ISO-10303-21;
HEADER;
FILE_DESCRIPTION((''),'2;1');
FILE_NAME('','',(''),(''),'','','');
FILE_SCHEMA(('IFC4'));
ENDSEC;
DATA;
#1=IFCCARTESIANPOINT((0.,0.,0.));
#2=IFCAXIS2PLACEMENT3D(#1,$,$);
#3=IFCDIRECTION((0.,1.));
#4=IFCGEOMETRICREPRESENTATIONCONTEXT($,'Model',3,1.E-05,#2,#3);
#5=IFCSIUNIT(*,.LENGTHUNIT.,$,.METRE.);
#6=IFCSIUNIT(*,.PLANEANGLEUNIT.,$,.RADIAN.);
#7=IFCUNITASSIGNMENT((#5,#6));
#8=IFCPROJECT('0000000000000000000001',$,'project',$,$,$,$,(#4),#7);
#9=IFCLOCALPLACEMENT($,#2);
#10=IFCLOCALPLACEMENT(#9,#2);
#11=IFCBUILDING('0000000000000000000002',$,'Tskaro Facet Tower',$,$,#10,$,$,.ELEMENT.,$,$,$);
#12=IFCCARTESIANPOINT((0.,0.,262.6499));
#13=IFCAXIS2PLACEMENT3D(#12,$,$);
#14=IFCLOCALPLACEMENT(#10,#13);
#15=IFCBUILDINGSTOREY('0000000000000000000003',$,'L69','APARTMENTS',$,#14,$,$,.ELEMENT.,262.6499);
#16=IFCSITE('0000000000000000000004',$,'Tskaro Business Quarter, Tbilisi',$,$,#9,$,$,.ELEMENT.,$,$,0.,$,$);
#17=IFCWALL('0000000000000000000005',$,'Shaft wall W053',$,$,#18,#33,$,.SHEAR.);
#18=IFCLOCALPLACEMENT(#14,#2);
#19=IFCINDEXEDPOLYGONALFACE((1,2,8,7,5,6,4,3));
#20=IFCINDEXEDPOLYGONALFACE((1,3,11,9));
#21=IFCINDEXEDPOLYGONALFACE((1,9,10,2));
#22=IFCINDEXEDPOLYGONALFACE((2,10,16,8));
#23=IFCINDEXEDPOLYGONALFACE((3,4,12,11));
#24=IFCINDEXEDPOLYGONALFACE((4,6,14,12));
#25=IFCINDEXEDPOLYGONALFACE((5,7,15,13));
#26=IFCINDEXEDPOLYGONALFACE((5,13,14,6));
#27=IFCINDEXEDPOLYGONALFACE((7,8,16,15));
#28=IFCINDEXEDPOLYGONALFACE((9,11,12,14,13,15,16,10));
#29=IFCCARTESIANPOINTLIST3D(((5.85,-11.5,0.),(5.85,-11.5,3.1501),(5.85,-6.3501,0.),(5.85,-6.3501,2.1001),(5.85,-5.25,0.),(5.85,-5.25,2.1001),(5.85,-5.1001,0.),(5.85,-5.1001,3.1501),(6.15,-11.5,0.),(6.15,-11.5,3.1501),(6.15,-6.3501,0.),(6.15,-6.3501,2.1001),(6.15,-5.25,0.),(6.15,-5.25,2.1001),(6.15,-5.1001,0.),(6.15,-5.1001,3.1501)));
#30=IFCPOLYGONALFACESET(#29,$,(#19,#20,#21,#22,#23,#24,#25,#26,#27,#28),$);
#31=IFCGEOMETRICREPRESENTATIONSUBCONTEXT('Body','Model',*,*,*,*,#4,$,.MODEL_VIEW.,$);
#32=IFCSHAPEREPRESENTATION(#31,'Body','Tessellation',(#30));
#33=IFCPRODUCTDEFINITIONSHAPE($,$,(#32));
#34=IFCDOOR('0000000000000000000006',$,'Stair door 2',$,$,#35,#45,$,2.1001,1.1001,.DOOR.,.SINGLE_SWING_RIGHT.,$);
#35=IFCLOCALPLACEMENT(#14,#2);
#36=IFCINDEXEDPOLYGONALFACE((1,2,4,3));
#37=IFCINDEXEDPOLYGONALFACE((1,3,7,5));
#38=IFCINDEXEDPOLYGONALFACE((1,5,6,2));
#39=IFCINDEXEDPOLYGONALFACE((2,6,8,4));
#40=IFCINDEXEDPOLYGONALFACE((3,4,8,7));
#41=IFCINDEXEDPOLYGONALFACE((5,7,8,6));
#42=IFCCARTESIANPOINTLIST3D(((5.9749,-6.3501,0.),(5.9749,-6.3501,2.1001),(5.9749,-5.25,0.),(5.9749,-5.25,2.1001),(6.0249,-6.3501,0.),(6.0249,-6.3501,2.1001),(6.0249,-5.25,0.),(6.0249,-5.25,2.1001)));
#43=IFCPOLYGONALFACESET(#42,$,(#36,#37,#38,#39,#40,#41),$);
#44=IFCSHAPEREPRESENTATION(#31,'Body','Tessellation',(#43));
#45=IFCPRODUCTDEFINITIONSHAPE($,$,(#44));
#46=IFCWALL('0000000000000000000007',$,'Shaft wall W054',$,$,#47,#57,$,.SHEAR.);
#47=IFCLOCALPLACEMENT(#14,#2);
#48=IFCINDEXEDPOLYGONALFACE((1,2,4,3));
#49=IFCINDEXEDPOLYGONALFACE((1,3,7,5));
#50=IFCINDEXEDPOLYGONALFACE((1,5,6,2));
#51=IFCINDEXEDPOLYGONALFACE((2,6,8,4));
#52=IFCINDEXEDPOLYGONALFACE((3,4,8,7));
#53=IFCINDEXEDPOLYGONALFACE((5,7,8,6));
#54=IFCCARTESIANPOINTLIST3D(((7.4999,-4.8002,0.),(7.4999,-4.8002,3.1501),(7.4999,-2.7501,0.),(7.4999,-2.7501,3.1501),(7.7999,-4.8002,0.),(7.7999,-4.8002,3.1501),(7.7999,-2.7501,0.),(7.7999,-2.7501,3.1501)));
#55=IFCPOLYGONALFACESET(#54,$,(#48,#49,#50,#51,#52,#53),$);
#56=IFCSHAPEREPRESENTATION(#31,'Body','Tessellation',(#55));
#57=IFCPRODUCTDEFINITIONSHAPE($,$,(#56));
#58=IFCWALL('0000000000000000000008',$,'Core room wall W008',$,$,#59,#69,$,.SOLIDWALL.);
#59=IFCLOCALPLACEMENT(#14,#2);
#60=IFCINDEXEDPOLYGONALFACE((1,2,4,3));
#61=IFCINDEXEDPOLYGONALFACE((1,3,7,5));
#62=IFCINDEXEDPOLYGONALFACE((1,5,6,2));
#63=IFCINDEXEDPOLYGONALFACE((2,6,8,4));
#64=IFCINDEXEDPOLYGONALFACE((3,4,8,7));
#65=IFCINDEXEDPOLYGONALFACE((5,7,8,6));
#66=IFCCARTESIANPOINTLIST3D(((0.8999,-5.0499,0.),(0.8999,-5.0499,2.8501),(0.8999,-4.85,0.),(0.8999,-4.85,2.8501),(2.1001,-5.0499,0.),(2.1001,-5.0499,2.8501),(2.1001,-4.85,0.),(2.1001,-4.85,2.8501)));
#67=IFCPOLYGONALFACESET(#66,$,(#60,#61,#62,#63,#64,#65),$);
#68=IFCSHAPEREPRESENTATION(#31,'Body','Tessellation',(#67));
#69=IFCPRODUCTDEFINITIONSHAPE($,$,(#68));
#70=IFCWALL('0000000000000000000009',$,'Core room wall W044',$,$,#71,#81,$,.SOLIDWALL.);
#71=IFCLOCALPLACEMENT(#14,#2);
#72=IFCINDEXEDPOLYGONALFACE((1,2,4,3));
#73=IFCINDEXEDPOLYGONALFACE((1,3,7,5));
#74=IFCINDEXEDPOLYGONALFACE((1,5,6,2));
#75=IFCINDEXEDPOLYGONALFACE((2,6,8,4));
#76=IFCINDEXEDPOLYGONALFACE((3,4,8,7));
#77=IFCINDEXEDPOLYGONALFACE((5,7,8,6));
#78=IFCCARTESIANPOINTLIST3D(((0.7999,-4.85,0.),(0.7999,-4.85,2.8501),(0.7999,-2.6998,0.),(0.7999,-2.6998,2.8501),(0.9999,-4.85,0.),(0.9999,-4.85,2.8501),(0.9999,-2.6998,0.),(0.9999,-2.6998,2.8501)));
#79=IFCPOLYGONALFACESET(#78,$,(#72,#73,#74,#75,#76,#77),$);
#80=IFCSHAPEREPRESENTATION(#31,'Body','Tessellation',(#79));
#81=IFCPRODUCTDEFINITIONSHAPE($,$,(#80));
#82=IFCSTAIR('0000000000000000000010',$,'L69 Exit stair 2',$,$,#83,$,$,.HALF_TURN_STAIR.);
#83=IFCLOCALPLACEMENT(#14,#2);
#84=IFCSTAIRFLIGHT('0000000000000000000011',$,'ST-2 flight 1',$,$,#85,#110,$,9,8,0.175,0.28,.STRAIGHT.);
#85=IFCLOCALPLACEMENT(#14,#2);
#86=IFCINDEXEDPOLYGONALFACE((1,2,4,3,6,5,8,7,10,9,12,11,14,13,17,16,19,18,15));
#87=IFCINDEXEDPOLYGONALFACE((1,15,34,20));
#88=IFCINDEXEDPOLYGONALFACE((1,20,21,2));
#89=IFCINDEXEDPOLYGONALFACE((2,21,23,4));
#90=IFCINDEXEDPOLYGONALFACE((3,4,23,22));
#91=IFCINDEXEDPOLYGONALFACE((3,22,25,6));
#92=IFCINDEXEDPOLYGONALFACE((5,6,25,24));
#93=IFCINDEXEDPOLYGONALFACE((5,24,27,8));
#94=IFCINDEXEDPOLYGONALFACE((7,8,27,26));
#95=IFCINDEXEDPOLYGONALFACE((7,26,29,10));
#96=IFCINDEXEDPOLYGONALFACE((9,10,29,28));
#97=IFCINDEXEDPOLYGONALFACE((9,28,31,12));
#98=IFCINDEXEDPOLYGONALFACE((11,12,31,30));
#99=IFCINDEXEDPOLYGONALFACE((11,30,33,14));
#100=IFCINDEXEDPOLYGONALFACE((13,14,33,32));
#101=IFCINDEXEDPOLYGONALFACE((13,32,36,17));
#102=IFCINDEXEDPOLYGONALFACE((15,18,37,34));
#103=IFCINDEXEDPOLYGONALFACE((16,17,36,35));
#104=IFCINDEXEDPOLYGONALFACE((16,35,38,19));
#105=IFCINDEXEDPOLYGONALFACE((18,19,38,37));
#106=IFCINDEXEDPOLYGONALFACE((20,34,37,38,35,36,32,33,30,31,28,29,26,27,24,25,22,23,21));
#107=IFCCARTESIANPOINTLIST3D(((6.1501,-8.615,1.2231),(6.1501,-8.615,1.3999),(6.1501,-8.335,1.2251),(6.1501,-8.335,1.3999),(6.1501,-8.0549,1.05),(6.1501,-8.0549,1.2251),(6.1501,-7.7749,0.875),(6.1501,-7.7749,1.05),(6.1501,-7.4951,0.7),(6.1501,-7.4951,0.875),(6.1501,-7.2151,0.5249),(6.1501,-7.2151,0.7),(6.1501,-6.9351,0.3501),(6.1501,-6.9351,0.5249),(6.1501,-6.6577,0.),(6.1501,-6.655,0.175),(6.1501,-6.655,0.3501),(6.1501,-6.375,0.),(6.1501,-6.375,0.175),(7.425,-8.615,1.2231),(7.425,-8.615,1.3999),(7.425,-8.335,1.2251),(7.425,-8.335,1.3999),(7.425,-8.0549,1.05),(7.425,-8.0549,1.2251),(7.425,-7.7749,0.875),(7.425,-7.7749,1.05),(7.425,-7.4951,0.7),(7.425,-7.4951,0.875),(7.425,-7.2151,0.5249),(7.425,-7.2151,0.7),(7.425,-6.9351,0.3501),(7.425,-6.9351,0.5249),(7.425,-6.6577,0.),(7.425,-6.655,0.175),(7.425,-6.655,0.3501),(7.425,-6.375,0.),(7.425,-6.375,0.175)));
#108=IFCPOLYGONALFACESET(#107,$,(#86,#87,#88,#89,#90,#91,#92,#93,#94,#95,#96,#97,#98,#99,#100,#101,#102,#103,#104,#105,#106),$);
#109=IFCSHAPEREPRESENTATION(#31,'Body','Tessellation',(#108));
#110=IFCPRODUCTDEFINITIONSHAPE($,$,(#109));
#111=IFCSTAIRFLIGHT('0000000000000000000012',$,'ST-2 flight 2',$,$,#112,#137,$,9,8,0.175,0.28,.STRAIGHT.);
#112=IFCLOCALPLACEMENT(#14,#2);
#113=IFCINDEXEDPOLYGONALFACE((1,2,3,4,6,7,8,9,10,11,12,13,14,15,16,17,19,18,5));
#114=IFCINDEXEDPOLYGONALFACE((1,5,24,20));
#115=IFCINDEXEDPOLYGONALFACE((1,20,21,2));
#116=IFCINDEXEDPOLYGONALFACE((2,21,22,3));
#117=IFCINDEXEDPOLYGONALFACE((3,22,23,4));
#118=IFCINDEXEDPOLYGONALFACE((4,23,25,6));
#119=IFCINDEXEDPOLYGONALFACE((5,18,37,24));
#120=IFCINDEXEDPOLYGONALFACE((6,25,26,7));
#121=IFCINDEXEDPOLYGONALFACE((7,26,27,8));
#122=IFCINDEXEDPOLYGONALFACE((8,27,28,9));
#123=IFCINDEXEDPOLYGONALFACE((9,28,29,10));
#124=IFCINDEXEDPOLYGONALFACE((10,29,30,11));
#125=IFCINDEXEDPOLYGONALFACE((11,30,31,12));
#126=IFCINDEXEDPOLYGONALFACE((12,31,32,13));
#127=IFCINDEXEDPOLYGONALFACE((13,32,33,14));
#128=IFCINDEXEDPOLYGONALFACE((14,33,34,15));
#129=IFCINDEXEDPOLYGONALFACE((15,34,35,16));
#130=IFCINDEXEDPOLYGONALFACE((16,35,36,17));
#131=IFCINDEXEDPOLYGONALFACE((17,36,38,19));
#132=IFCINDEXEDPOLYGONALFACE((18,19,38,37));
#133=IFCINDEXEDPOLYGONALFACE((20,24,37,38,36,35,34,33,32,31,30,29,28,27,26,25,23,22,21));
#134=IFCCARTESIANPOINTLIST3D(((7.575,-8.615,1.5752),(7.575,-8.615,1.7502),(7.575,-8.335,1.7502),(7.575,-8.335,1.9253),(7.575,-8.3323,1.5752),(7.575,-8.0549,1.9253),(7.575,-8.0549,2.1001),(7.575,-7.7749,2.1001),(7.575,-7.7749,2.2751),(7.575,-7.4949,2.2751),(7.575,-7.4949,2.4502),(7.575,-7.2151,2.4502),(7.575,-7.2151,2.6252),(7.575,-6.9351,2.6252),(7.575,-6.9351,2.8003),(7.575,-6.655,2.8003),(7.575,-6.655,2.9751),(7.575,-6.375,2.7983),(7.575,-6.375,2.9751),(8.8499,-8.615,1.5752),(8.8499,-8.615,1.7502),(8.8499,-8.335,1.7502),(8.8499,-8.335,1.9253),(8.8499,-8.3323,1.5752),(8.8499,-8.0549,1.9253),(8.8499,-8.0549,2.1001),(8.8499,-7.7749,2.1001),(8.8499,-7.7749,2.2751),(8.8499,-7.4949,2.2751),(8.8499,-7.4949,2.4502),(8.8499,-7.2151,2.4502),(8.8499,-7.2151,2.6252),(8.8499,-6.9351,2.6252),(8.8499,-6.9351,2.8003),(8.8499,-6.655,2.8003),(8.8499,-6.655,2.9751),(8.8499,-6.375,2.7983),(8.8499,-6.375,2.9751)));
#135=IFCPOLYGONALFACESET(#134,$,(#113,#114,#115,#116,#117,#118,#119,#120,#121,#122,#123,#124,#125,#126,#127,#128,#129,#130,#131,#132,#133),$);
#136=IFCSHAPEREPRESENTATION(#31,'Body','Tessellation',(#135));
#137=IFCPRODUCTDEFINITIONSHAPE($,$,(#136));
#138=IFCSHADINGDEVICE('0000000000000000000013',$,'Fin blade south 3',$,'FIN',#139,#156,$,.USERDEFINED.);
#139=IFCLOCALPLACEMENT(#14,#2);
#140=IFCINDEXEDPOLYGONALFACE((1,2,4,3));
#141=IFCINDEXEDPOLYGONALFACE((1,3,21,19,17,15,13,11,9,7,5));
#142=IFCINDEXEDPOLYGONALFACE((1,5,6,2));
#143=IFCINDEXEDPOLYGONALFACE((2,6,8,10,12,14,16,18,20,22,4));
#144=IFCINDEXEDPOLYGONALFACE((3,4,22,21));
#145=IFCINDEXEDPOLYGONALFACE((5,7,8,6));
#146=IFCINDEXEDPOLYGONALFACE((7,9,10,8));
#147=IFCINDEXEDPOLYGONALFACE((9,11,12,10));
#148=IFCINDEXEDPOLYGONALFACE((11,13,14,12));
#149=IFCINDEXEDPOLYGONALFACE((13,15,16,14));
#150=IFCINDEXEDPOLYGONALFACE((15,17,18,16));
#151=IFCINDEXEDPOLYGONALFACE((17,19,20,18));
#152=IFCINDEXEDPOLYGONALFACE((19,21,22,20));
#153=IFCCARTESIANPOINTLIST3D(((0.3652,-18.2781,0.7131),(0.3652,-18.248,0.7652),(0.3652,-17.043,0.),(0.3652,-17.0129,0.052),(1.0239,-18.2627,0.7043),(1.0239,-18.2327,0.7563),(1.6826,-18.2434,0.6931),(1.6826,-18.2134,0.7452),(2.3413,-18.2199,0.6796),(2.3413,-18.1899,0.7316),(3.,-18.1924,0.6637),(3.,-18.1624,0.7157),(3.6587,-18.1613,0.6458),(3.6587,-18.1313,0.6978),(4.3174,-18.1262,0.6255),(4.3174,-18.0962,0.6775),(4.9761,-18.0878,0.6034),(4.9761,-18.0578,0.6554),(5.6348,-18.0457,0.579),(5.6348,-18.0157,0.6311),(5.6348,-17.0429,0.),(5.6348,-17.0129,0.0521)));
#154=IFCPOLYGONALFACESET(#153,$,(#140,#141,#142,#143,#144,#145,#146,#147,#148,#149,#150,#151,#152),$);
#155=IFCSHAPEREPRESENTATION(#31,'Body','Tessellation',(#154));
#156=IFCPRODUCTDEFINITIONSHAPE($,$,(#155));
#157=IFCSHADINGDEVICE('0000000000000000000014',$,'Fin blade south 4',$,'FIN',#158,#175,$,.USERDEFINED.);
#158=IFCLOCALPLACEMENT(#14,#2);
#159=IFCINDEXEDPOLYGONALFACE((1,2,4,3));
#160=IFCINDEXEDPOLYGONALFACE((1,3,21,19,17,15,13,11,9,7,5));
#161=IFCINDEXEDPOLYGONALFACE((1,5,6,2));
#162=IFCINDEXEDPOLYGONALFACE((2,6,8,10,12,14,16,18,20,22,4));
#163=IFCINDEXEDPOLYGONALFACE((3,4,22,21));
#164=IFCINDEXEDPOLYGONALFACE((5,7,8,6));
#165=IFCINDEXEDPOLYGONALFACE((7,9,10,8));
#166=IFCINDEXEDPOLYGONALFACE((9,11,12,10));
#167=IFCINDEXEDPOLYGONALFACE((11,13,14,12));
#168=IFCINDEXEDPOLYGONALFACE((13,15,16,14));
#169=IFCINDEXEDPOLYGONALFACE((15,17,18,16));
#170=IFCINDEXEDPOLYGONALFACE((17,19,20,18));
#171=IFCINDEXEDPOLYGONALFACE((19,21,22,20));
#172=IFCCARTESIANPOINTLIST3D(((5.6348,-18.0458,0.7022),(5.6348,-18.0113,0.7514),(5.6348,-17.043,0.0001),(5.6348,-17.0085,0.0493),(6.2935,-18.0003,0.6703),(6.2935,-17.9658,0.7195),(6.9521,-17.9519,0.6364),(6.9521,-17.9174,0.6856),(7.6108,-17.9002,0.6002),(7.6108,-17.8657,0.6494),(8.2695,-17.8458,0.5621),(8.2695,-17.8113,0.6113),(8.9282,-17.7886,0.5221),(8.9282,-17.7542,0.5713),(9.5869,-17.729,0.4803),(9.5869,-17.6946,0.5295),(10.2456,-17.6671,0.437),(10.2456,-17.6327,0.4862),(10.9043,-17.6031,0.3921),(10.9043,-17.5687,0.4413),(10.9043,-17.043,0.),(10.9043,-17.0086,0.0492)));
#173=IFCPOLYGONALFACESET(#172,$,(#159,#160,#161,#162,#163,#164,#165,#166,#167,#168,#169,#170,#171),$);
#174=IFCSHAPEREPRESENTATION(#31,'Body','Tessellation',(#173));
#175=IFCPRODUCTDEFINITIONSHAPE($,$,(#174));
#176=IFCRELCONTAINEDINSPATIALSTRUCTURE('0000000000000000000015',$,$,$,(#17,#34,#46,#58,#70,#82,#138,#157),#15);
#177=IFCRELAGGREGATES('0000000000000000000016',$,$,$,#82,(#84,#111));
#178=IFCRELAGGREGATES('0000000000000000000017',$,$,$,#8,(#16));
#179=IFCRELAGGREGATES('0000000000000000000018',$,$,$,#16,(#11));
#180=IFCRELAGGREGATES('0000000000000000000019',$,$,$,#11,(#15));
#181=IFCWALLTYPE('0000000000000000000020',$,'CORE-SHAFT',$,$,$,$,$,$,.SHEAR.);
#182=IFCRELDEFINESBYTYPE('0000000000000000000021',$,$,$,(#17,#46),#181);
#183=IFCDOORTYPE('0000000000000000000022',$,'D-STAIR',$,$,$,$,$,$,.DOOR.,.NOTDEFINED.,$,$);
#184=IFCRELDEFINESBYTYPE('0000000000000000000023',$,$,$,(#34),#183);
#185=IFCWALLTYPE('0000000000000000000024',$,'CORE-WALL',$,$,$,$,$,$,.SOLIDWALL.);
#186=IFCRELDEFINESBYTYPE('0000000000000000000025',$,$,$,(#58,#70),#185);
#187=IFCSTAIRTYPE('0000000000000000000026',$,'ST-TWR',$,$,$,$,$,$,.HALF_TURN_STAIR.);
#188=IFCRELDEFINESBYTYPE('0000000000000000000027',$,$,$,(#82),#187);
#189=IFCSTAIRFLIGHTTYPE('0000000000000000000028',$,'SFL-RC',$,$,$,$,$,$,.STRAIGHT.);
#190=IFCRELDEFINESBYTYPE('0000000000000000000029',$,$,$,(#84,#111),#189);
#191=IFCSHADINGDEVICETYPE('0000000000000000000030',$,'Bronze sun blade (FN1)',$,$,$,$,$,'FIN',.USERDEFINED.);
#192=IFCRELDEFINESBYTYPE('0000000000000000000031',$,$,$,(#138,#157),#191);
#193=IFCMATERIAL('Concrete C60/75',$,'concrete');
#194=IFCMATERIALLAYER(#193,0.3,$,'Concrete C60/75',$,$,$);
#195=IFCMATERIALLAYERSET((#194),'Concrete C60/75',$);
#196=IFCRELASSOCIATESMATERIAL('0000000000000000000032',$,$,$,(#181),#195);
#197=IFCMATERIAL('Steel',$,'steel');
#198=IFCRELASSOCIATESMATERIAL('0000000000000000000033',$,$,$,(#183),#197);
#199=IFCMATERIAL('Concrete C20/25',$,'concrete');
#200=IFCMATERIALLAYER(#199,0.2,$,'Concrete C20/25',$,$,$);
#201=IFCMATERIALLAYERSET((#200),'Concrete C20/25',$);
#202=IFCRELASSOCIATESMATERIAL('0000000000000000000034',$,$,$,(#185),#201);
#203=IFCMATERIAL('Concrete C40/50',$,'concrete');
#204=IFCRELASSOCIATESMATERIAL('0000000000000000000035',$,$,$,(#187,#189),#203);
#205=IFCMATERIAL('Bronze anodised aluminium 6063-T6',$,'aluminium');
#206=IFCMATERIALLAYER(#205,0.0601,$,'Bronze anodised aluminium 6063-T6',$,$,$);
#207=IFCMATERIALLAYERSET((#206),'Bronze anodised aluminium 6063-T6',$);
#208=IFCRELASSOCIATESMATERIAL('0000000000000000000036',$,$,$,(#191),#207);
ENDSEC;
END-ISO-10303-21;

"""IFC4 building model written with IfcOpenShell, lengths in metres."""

from ifc_helpers import new_model, si_unit, direction, frame, frame_2d, origin, place, context, subcontext, project, spatial, polyline, rectangle, outline, extrude, material, layer, layer_set, type_object, element, fill, aggregate, save


model = new_model("IFC4")

# Units and contexts
model_context = context("Model", 3, precision=1e-05, world=origin(), true_north=direction((0.0, 1.0)))
body_context = subcontext(model_context, "Body", "Model", "MODEL_VIEW")
ifc_project = project(units=[si_unit("LENGTHUNIT", "METRE"), si_unit("PLANEANGLEUNIT", "RADIAN")], contexts=[model_context])

# Site, building, storey
site_placement = place(None, origin())
site = spatial("IfcSite", under=ifc_project, at=site_placement, Name="Tskaro Business Quarter, Tbilisi", CompositionType="ELEMENT", RefElevation=0.0)
building_placement = place(site_placement, origin())
building = spatial("IfcBuilding", under=site, at=building_placement, Name="Tskaro Facet Tower", CompositionType="ELEMENT")
storey_placement = place(building_placement, frame((0.0, 0.0, 262.6499)))
storey = spatial("IfcBuildingStorey", under=building, at=storey_placement, Name="L69", Description="APARTMENTS", CompositionType="ELEMENT", Elevation=262.6499)

# Shared definitions
ifc_material_1 = material(Name="Bronze anodised aluminium 6063-T6", Category="aluminium")

# Shared definitions
ifc_material_2 = material(Name="Concrete C60/75", Category="concrete")
ifc_layer_1 = layer(ifc_material_2, 0.3, Name="Concrete C60/75")
ifc_layer_set_1 = layer_set([ifc_layer_1], Name="Concrete C60/75")
wall_type_1 = type_object("IfcWallType", Name="CORE-SHAFT", PredefinedType="SHEAR", material=ifc_layer_set_1)

# Wall, opening, door
wall_1_placement = place(storey_placement, frame((6.0, -5.1001, 0.0), z_axis=(0.0, 0.0, 1.0), x_axis=(0.0, -1.0, 0.0)))
wall_1 = element("IfcWall", 1, at=wall_1_placement, inside=storey, type_object=wall_type_1, Name="Shaft wall W053", PredefinedType="SHEAR", context=body_context, shape_type="SweptSolid", body=[
    extrude(rectangle(XDim=6.3999, YDim=0.3, at=frame_2d((3.2, 0.0))), origin(), (0.0, 0.0, 1.0), 3.1501),
])
opening_placement = place(wall_1_placement, frame((0.1499, 0.0, 0.0)))
opening = element("IfcOpeningElement", 2, at=opening_placement, cuts=wall_1, PredefinedType="OPENING", context=body_context, shape_type="SweptSolid", body=[
    extrude(rectangle(XDim=1.1001, YDim=2.1001, at=frame_2d((0.55, 1.05))), frame((0.0, 0.1599, 0.0), z_axis=(0.0, -1.0, 0.0), x_axis=(1.0, 0.0, 0.0)), (0.0, 0.0, 1.0), 0.3201),
])
ifc_material_3 = material(Name="Steel", Category="steel")
door_type = type_object("IfcDoorType", Name="D-STAIR", OperationType="NOTDEFINED", PredefinedType="DOOR", material=ifc_material_3)
door_placement = place(opening_placement, origin())
door = element("IfcDoor", 3, at=door_placement, inside=storey, type_object=door_type, Name="Stair door 2", OperationType="SINGLE_SWING_RIGHT", OverallHeight=2.1001, OverallWidth=1.1001, PredefinedType="DOOR", context=body_context, shape_type="SweptSolid", body=[
    extrude(rectangle(XDim=1.1001, YDim=2.1001, at=frame_2d((0.55, 1.05))), frame((0.0, 0.0249, 0.0), z_axis=(0.0, -1.0, 0.0), x_axis=(1.0, 0.0, 0.0)), (0.0, 0.0, 1.0), 0.05),
])
fill(opening, door)

# Walls
wall_2_placement = place(storey_placement, frame((7.6499, -4.8, 0.0), z_axis=(0.0, 0.0, 1.0), x_axis=(0.0, 1.0, 0.0)))
element("IfcWall", 4, at=wall_2_placement, inside=storey, type_object=wall_type_1, Name="Shaft wall W054", PredefinedType="SHEAR", context=body_context, shape_type="SweptSolid", body=[
    extrude(rectangle(XDim=2.05, YDim=0.3, at=frame_2d((1.0249, 0.0))), origin(), (0.0, 0.0, 1.0), 3.1501),
])
ifc_material_4 = material(Name="Concrete C20/25", Category="concrete")
ifc_layer_2 = layer(ifc_material_4, 0.2, Name="Concrete C20/25")
ifc_layer_set_2 = layer_set([ifc_layer_2], Name="Concrete C20/25")
wall_type_2 = type_object("IfcWallType", Name="CORE-WALL", PredefinedType="SOLIDWALL", material=ifc_layer_set_2)
wall_3_placement = place(storey_placement, frame((0.8999, -4.95, 0.0), z_axis=(0.0, 0.0, 1.0), x_axis=(1.0, 0.0, 0.0)))
element("IfcWall", 5, at=wall_3_placement, inside=storey, type_object=wall_type_2, Name="Core room wall W008", PredefinedType="SOLIDWALL", context=body_context, shape_type="SweptSolid", body=[
    extrude(rectangle(XDim=1.2002, YDim=0.2, at=frame_2d((0.6001, 0.0))), origin(), (0.0, 0.0, 1.0), 2.8501),
])
wall_4_placement = place(storey_placement, frame((0.8999, -4.8501, 0.0), z_axis=(0.0, 0.0, 1.0), x_axis=(0.0, 1.0, 0.0)))
element("IfcWall", 6, at=wall_4_placement, inside=storey, type_object=wall_type_2, Name="Core room wall W044", PredefinedType="SOLIDWALL", context=body_context, shape_type="SweptSolid", body=[
    extrude(rectangle(XDim=2.1501, YDim=0.2, at=frame_2d((1.0752, 0.0))), origin(), (0.0, 0.0, 1.0), 2.8501),
])

# Stair, stair flights
ifc_material_5 = material(Name="Concrete C40/50", Category="concrete")
stair_type = type_object("IfcStairType", Name="ST-TWR", PredefinedType="HALF_TURN_STAIR", material=ifc_material_5)
stair_placement = place(storey_placement, origin())
stair = element("IfcStair", 7, at=stair_placement, inside=storey, type_object=stair_type, Name="L69 Exit stair 2", PredefinedType="HALF_TURN_STAIR")
stair_flight_type = type_object("IfcStairFlightType", Name="SFL-RC", PredefinedType="STRAIGHT", material=ifc_material_5)
stair_flight_1_placement = place(storey_placement, frame((6.7876, -6.375, 0.0), z_axis=(0.0, 0.0, 1.0), x_axis=(0.0, -1.0, 0.0)))
stair_flight_1 = element("IfcStairFlight", 8, at=stair_flight_1_placement, type_object=stair_flight_type, Name="ST-2 flight 1", NumberOfRisers=9, NumberOfTreads=8, PredefinedType="STRAIGHT", RiserHeight=0.175, TreadLength=0.28, context=body_context, shape_type="SweptSolid", body=[
    extrude(outline(polyline([(0.0, 0.0), (0.0, 0.175), (0.28, 0.175), (0.28, 0.3501), (0.5601, 0.3501), (0.5601, 0.5249), (0.8401, 0.5249), (0.8401, 0.7), (1.1201, 0.7), (1.1201, 0.875), (1.3999, 0.875), (1.3999, 1.05), (1.6799, 1.05), (1.6799, 1.2251), (1.96, 1.2251), (1.96, 1.3999), (2.24, 1.3999), (2.24, 1.575), (2.24, 1.2231), (0.2827, 0.0), (0.0, 0.0)])), frame((0.0, 0.6375, 0.0), z_axis=(0.0, -1.0, 0.0), x_axis=(1.0, 0.0, 0.0)), (0.0, 0.0, 1.0), 1.2749),
])
stair_flight_2_placement = place(storey_placement, frame((8.2124, -8.615, 1.5752), z_axis=(0.0, 0.0, 1.0), x_axis=(0.0, 1.0, 0.0)))
stair_flight_2 = element("IfcStairFlight", 9, at=stair_flight_2_placement, type_object=stair_flight_type, Name="ST-2 flight 2", NumberOfRisers=9, NumberOfTreads=8, PredefinedType="STRAIGHT", RiserHeight=0.175, TreadLength=0.28, context=body_context, shape_type="SweptSolid", body=[
    extrude(outline(polyline([(0.0, 0.0), (0.0, 0.175), (0.28, 0.175), (0.28, 0.3501), (0.5601, 0.3501), (0.5601, 0.5249), (0.8401, 0.5249), (0.8401, 0.7), (1.1201, 0.7), (1.1201, 0.875), (1.3999, 0.875), (1.3999, 1.05), (1.6799, 1.05), (1.6799, 1.2251), (1.96, 1.2251), (1.96, 1.3999), (2.24, 1.3999), (2.24, 1.575), (2.24, 1.2231), (0.2827, 0.0), (0.0, 0.0)])), frame((0.0, 0.6375, 0.0), z_axis=(0.0, -1.0, 0.0), x_axis=(1.0, 0.0, 0.0)), (0.0, 0.0, 1.0), 1.2749),
])
aggregate(stair, [stair_flight_1, stair_flight_2])

# Shading devices
ifc_layer_3 = layer(ifc_material_1, 0.0601, Name="Bronze anodised aluminium 6063-T6")
ifc_layer_set_3 = layer_set([ifc_layer_3], Name="Bronze anodised aluminium 6063-T6")
shading_device_type = type_object("IfcShadingDeviceType", Name="Bronze sun blade (FN1)", ElementType="FIN", PredefinedType="USERDEFINED", material=ifc_layer_set_3)
shading_device_1_placement = place(storey_placement, frame((0.3652, -17.0129, 0.052), z_axis=(-0.000013, 0.500036, 0.866005), x_axis=(1.0, 0.000006, 0.000011)))
element("IfcShadingDevice", 10, at=shading_device_1_placement, inside=storey, type_object=shading_device_type, Name="Fin blade south 3", ObjectType="FIN", PredefinedType="USERDEFINED", context=body_context, shape_type="SweptSolid", body=[
    extrude(outline(polyline([(0.0, 0.0), (5.2695, 0.0), (5.2695, -1.1579), (4.6108, -1.2066), (3.9521, -1.2509), (3.2935, -1.2914), (2.6348, -1.3273), (1.9761, -1.359), (1.3174, -1.3862), (0.6587, -1.4085), (0.0, -1.4262), (0.0, 0.0)])), origin(), (0.0, 0.0, -1.0), 0.0601),
])
shading_device_2_placement = place(storey_placement, frame((5.6348, -17.0085, 0.0493), z_axis=(0.000017, 0.573516, 0.819194), x_axis=(1.0, -0.00001, -0.000014)))
element("IfcShadingDevice", 11, at=shading_device_2_placement, inside=storey, type_object=shading_device_type, Name="Fin blade south 4", ObjectType="FIN", PredefinedType="USERDEFINED", context=body_context, shape_type="SweptSolid", body=[
    extrude(outline(polyline([(0.0, 0.0), (5.2695, 0.0), (5.2695, -0.6837), (4.6108, -0.7618), (3.9521, -0.8374), (3.2935, -0.9102), (2.6348, -0.9799), (1.9761, -1.0464), (1.3174, -1.1095), (0.6587, -1.1685), (0.0, -1.2241), (0.0, 0.0)])), origin(), (0.0, 0.0, -1.0), 0.0601),
])

save(model, "model.ifc")
